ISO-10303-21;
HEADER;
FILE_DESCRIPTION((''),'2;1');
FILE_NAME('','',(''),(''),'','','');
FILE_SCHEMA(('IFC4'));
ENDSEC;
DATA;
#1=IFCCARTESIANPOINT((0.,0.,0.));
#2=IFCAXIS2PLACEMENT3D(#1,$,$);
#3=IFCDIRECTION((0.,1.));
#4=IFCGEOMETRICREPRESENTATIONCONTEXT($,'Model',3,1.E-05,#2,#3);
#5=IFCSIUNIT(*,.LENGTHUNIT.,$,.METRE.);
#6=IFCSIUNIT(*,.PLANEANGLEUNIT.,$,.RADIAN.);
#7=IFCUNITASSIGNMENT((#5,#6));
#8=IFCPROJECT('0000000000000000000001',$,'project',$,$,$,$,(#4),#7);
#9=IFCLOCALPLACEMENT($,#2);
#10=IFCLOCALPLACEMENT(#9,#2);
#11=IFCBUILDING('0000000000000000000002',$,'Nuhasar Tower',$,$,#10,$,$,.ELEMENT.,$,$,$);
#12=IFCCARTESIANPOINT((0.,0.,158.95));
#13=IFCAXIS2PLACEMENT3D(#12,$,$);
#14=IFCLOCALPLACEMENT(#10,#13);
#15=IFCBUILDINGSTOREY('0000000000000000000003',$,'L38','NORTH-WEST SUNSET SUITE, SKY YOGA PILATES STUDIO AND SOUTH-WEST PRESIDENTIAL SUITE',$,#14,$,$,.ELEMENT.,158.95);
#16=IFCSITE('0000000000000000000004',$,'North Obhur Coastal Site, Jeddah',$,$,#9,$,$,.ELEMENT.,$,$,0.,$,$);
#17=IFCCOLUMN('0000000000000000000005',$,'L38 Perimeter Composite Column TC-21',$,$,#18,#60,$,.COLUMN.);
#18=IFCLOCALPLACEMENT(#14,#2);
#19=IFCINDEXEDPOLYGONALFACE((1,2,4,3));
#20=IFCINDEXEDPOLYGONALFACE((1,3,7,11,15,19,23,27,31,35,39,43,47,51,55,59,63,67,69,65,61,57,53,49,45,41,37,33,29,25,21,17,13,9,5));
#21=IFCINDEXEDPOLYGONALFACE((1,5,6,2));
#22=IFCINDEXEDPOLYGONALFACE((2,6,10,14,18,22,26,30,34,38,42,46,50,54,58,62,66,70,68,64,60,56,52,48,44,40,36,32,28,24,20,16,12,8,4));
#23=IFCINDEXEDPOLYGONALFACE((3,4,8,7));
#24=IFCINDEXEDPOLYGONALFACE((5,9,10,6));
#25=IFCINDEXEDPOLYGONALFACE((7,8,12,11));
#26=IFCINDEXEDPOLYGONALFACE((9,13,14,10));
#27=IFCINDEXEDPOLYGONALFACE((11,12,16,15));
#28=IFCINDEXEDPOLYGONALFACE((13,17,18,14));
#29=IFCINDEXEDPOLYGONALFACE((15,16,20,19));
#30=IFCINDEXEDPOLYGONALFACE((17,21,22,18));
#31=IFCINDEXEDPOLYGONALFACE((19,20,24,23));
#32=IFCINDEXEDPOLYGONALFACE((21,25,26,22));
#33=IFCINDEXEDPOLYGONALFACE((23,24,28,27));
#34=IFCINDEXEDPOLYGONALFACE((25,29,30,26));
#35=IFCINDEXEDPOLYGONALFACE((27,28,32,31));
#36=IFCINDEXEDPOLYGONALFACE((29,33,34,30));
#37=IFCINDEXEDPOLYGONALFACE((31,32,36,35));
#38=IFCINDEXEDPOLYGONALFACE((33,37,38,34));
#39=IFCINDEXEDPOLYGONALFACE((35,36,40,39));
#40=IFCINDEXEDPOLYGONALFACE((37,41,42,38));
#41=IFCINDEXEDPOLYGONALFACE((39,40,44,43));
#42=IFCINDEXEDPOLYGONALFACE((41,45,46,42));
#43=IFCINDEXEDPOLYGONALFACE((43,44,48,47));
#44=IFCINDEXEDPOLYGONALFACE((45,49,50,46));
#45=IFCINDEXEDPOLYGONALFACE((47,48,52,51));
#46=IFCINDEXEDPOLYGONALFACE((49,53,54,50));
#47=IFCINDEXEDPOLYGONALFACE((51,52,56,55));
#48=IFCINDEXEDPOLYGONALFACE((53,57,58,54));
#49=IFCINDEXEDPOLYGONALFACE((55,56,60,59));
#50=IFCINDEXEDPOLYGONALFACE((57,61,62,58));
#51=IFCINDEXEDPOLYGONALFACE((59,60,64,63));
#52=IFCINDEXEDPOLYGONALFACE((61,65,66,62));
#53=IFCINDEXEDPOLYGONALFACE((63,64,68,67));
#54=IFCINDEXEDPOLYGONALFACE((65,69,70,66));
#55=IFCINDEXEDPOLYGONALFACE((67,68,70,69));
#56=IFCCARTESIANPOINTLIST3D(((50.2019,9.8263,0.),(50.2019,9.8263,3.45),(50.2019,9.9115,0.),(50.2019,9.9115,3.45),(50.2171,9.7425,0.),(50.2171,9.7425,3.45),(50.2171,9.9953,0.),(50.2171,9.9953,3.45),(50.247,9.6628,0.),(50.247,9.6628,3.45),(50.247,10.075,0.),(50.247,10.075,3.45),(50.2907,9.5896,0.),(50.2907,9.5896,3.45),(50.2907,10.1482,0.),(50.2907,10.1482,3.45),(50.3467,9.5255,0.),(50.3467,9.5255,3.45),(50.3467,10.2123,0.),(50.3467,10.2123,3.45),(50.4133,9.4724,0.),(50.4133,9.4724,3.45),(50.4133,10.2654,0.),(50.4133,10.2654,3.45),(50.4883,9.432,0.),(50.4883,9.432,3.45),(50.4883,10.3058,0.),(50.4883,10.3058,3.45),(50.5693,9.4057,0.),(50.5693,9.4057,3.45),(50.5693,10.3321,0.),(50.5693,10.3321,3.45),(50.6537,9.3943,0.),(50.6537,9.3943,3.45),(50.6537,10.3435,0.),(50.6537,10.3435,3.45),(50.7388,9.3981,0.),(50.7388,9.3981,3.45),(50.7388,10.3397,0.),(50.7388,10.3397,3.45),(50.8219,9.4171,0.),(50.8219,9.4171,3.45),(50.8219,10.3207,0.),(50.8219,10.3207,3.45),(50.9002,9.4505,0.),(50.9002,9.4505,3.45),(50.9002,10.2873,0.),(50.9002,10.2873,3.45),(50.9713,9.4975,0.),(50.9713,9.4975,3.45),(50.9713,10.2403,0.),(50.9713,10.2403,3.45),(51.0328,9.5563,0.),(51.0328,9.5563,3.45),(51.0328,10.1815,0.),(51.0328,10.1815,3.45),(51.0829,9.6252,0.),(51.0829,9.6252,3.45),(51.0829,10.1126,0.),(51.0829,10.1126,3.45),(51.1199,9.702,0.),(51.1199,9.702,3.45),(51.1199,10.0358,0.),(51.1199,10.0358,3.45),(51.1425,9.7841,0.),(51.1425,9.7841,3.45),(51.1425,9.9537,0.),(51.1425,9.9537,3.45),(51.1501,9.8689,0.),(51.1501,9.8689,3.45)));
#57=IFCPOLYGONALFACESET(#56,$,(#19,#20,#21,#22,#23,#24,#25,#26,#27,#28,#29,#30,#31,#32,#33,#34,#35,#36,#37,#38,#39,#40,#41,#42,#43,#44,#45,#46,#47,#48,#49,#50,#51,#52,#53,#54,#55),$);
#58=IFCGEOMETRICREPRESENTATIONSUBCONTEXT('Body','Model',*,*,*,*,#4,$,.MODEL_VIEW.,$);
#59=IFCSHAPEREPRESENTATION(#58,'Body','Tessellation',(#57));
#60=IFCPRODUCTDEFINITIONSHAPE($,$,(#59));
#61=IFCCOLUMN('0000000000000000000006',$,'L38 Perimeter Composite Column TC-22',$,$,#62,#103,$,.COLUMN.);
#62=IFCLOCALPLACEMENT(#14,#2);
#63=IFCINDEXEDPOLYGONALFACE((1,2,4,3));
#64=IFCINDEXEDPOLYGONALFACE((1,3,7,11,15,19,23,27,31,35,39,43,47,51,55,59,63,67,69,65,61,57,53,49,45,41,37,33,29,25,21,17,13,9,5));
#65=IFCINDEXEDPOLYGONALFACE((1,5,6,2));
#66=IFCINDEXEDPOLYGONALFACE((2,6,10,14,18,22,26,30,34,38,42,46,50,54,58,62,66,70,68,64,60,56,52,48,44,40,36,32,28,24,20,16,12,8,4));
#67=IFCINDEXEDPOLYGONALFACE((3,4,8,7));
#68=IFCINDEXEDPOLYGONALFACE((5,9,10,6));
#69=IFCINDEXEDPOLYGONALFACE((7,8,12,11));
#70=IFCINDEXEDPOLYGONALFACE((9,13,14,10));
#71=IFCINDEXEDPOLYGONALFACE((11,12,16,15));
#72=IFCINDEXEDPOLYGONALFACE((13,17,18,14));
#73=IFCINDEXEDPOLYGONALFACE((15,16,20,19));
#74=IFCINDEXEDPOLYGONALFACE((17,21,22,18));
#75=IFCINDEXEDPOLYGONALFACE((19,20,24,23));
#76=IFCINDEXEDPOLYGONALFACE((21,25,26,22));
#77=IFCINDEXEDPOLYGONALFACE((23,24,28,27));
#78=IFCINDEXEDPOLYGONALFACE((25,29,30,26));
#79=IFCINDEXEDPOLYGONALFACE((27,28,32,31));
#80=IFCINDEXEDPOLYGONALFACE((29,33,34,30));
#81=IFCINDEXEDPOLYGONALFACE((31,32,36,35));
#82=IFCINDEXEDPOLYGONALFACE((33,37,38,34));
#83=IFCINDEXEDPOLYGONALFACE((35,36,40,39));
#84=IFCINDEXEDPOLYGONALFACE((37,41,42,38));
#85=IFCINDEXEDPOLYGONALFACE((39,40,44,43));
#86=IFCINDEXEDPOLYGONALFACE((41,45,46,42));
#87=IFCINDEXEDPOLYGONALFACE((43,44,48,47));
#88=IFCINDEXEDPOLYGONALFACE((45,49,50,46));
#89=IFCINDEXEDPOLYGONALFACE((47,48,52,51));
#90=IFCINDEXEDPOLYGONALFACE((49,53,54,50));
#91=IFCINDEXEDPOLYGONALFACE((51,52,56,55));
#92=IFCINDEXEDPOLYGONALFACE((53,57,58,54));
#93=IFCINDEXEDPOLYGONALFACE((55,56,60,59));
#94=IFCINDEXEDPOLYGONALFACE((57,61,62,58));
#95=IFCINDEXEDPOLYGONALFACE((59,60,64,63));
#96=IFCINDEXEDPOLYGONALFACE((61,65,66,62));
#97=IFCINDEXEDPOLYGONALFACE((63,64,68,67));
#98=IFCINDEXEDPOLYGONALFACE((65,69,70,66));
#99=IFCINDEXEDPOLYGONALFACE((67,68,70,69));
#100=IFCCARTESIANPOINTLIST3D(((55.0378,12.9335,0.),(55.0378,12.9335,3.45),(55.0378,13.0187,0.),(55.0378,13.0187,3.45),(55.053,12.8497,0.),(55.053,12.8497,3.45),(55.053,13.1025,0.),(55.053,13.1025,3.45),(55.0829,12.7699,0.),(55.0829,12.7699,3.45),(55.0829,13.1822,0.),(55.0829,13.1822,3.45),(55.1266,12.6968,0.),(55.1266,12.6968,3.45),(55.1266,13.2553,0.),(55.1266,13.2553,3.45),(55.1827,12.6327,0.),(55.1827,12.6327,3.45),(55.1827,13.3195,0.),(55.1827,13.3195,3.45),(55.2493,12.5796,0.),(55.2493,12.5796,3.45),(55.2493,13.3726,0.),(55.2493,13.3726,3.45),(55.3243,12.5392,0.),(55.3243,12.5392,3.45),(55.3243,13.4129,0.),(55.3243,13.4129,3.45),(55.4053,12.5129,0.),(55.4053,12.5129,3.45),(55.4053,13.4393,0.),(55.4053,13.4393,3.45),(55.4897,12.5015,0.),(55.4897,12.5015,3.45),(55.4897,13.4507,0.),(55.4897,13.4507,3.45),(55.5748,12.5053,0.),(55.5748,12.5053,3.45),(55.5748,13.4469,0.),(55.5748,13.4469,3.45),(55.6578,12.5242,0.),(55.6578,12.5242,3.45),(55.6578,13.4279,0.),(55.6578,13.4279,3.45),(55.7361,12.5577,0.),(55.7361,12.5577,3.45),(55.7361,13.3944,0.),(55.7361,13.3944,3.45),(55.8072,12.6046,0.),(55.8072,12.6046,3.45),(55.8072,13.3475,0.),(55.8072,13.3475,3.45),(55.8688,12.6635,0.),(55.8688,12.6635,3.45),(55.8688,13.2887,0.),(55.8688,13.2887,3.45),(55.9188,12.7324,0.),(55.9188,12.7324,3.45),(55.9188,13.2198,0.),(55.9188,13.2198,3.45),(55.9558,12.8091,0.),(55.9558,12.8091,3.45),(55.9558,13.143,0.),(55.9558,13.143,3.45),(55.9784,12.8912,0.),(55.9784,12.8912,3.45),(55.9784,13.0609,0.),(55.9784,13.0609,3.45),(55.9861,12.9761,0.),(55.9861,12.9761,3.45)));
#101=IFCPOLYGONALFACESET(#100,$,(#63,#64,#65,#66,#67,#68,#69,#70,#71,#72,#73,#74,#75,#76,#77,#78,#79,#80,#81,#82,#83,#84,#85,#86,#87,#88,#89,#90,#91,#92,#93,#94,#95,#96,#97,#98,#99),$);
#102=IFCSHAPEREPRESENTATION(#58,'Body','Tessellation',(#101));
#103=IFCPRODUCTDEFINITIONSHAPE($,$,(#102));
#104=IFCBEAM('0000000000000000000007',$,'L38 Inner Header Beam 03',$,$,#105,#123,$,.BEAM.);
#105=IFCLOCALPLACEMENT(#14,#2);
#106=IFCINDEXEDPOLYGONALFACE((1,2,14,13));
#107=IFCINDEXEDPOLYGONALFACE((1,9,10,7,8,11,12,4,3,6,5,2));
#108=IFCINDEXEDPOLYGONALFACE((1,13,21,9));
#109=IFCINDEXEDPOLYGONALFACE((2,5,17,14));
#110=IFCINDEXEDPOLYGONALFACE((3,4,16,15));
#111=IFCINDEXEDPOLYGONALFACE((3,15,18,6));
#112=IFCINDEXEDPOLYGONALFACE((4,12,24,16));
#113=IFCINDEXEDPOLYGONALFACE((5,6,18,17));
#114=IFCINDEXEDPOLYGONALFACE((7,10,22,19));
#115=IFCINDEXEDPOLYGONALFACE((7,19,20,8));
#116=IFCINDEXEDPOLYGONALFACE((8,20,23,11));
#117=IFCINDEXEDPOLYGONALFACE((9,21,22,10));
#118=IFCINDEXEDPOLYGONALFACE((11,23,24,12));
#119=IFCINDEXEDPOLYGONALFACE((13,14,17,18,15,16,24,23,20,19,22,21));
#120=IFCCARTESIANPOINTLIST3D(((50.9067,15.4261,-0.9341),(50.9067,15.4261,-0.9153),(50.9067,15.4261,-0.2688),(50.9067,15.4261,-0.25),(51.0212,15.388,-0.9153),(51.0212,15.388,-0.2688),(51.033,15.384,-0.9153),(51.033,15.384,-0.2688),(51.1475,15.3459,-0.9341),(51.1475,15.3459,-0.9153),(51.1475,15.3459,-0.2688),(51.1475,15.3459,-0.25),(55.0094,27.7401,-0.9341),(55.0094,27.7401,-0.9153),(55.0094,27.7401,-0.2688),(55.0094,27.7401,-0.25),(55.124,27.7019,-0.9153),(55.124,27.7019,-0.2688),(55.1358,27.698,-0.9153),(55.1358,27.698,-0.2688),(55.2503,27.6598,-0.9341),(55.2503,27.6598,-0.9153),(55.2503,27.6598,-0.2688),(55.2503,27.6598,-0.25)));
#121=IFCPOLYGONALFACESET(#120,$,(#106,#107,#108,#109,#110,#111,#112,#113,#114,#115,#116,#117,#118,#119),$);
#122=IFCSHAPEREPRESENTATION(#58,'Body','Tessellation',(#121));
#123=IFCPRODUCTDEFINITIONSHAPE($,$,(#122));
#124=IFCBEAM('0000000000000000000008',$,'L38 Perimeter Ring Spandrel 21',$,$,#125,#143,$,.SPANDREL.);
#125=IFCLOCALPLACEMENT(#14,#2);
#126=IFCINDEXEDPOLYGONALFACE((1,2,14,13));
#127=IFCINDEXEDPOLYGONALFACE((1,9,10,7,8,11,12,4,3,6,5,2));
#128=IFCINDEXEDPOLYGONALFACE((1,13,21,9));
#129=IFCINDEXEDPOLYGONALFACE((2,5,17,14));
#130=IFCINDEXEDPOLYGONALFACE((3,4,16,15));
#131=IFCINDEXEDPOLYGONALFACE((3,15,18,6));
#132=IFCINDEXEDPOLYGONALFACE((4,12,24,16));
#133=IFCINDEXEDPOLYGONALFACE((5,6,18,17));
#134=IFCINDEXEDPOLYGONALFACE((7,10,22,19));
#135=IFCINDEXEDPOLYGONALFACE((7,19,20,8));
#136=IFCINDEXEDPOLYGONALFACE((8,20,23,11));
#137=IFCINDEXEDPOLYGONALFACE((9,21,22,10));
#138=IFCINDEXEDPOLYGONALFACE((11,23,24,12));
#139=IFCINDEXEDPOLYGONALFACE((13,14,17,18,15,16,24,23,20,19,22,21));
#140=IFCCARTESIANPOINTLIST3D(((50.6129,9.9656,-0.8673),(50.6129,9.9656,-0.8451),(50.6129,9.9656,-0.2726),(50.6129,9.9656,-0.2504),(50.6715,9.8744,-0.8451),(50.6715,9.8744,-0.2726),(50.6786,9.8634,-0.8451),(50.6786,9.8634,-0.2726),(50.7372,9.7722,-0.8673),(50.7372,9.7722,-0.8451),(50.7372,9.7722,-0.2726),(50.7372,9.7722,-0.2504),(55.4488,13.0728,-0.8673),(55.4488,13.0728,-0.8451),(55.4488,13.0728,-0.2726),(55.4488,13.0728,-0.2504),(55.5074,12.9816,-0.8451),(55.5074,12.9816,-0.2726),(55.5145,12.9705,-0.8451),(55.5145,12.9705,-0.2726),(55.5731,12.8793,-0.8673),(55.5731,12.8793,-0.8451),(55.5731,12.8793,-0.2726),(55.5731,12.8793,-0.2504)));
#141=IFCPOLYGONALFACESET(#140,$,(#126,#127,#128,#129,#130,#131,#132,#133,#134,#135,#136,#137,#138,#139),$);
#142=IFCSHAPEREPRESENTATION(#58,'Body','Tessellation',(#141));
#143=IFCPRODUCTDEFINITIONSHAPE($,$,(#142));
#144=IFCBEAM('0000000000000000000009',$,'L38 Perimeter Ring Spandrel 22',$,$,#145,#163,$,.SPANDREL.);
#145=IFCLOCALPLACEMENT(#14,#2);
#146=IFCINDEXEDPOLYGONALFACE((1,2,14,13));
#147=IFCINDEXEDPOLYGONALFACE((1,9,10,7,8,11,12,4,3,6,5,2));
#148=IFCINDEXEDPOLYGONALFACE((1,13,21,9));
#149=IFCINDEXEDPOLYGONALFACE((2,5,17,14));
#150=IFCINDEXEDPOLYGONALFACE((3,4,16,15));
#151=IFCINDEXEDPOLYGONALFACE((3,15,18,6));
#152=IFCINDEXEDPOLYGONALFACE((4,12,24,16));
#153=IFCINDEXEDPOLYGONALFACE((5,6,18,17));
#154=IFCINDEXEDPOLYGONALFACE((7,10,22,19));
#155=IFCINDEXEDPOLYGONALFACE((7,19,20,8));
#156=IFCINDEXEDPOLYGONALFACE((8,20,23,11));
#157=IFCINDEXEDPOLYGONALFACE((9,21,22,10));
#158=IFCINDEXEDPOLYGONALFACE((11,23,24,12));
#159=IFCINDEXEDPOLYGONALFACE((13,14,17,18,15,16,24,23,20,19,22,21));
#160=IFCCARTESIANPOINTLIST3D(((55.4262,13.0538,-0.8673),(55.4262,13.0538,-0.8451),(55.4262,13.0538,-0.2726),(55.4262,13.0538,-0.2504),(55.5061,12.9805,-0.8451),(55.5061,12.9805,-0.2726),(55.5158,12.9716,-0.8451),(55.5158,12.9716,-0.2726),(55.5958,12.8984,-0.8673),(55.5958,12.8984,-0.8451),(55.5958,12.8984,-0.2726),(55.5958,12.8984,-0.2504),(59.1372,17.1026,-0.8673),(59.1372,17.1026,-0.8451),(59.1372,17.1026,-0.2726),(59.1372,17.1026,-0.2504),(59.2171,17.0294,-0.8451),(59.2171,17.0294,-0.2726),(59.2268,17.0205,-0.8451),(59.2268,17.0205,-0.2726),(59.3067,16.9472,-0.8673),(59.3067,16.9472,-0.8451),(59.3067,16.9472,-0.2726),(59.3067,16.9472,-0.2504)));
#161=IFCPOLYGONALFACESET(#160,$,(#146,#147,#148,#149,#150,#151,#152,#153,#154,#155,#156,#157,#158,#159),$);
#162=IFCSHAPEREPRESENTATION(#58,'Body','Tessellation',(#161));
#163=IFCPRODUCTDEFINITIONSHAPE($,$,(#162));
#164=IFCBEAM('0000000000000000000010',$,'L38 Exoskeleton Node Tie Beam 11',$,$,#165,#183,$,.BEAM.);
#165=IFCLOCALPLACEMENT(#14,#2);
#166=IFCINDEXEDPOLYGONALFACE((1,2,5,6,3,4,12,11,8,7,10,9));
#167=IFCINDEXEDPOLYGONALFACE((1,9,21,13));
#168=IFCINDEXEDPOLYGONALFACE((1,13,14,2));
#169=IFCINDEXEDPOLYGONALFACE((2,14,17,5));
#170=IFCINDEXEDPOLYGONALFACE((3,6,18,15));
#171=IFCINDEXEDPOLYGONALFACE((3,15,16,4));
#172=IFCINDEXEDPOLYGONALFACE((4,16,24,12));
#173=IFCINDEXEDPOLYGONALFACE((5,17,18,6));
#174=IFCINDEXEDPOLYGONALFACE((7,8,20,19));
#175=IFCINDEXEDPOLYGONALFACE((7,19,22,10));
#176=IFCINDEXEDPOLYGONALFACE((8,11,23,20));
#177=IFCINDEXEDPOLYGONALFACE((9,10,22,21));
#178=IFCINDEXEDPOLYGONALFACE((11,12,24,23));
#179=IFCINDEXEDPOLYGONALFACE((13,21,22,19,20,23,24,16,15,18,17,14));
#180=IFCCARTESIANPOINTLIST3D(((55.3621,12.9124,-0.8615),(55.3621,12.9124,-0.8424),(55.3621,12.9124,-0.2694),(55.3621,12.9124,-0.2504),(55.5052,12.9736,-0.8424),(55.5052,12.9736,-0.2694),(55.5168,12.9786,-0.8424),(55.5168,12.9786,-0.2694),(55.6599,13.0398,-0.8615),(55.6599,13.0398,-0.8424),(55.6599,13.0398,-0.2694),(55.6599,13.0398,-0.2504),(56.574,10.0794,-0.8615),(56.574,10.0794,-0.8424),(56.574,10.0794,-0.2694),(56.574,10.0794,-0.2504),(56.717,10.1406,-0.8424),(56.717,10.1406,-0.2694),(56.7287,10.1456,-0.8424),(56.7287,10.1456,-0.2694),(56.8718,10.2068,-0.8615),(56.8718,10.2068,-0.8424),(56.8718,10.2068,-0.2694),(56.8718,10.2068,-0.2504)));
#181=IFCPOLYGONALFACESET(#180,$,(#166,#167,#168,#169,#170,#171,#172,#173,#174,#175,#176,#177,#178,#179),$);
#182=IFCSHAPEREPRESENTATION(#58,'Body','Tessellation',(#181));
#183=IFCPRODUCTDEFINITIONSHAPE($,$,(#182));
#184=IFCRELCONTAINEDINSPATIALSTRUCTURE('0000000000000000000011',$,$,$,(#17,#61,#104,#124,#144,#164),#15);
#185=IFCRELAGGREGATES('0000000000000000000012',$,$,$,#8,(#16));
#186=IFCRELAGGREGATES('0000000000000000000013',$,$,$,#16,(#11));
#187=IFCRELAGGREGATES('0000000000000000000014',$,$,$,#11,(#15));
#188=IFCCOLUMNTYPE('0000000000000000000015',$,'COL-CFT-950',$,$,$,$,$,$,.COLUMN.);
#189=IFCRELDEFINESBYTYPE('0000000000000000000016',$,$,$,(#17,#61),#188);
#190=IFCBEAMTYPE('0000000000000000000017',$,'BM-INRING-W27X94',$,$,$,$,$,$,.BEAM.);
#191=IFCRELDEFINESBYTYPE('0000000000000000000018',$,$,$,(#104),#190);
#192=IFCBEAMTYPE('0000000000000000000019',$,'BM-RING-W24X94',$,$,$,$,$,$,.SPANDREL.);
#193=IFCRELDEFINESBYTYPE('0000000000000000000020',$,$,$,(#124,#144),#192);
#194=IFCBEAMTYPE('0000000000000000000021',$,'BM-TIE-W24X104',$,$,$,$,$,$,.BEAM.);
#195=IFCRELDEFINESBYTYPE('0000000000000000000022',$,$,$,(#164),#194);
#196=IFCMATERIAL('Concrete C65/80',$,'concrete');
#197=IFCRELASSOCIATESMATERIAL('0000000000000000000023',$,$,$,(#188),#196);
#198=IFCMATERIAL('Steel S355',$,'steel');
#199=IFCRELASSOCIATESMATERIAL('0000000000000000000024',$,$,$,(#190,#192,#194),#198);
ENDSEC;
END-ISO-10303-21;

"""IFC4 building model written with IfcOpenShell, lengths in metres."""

from ifc_helpers import new_model, si_unit, direction, frame, origin, origin_2d, place, context, subcontext, project, spatial, circle, i_section, extrude, material, material_profile, profile_set, type_object, element, save


model = new_model("IFC4")

# Units and contexts
model_context = context("Model", 3, precision=1e-05, world=origin(), true_north=direction((0.0, 1.0)))
body_context = subcontext(model_context, "Body", "Model", "MODEL_VIEW")
ifc_project = project(units=[si_unit("LENGTHUNIT", "METRE"), si_unit("PLANEANGLEUNIT", "RADIAN")], contexts=[model_context])

# Site, building, storey
site_placement = place(None, origin())
site = spatial("IfcSite", under=ifc_project, at=site_placement, Name="North Obhur Coastal Site, Jeddah", CompositionType="ELEMENT", RefElevation=0.0)
building_placement = place(site_placement, origin())
building = spatial("IfcBuilding", under=site, at=building_placement, Name="Nuhasar Tower", CompositionType="ELEMENT")
storey_placement = place(building_placement, frame((0.0, 0.0, 158.95)))
storey = spatial("IfcBuildingStorey", under=building, at=storey_placement, Name="L38", Description="NORTH-WEST SUNSET SUITE, SKY YOGA PILATES STUDIO AND SOUTH-WEST PRESIDENTIAL SUITE", CompositionType="ELEMENT", Elevation=158.95)

# Columns
ifc_material_1 = material(Name="Concrete C65/80", Category="concrete")
ifc_material_profile_1 = material_profile(ifc_material_1, circle(Radius=0.4751, at=origin_2d()), Name="CFT950")
ifc_profile_set_1 = profile_set([ifc_material_profile_1], Name="Concrete C65/80")
column_type = type_object("IfcColumnType", Name="COL-CFT-950", PredefinedType="COLUMN", material=ifc_profile_set_1)
for number, where, z_axis, x_axis, name in (
    (1, (50.675, 9.8689, 0.0), (0.0, 0.0, 1.0), (1.0, 0.0, 0.0), "L38 Perimeter Composite Column TC-21"),
    (2, (55.511, 12.9761, 0.0), (0.0, 0.0, 1.0), (1.0, 0.0, 0.0), "L38 Perimeter Composite Column TC-22"),
):
    element("IfcColumn", number, at=place(storey_placement, frame(where, z_axis=z_axis, x_axis=x_axis)), inside=storey, type_object=column_type, Name=name, PredefinedType="COLUMN", context=body_context, shape_type="SweptSolid", body=[
        extrude(circle(Radius=0.4751, at=origin_2d()), origin(), (0.0, 0.0, 1.0), 3.45),
    ])

# Beams
ifc_material_2 = material(Name="Steel S355", Category="steel")
ifc_material_profile_2 = material_profile(ifc_material_2, i_section(OverallWidth=0.2539, OverallDepth=0.6841, WebThickness=0.0125, FlangeThickness=0.0188, at=origin_2d()), Name="W27X94")
ifc_profile_set_2 = profile_set([ifc_material_profile_2], Name="Steel S355")
beam_type_1 = type_object("IfcBeamType", Name="BM-INRING-W27X94", PredefinedType="BEAM", material=ifc_profile_set_2)
beam_1_placement = place(storey_placement, frame((51.0271, 15.386, -0.592), z_axis=(0.316098, 0.948727, 0.0), x_axis=(-0.948727, 0.316098, 0.0)))
element("IfcBeam", 3, at=beam_1_placement, inside=storey, type_object=beam_type_1, Name="L38 Inner Header Beam 03", PredefinedType="BEAM", context=body_context, shape_type="SweptSolid", body=[
    extrude(i_section(OverallWidth=0.2539, OverallDepth=0.6841, WebThickness=0.0125, FlangeThickness=0.0188, at=origin_2d()), origin(), (0.0, 0.0, 1.0), 12.9795),
])
ifc_material_profile_3 = material_profile(ifc_material_2, i_section(OverallWidth=0.23, OverallDepth=0.6169, WebThickness=0.0132, FlangeThickness=0.0222, at=origin_2d()), Name="W24X94")
ifc_profile_set_3 = profile_set([ifc_material_profile_3], Name="Steel S355")
beam_type_2 = type_object("IfcBeamType", Name="BM-RING-W24X94", PredefinedType="SPANDREL", material=ifc_profile_set_3)
beam_2_placement = place(storey_placement, frame((50.675, 9.8689, -0.5588), z_axis=(0.841308, 0.540556, 0.0), x_axis=(-0.540556, 0.841308, 0.0)))
element("IfcBeam", 4, at=beam_2_placement, inside=storey, type_object=beam_type_2, Name="L38 Perimeter Ring Spandrel 21", PredefinedType="SPANDREL", context=body_context, shape_type="SweptSolid", body=[
    extrude(i_section(OverallWidth=0.23, OverallDepth=0.6169, WebThickness=0.0132, FlangeThickness=0.0222, at=origin_2d()), origin(), (0.0, 0.0, 1.0), 5.748),
])
beam_3_placement = place(storey_placement, frame((55.511, 12.9761, -0.5588), z_axis=(0.675676, 0.737198, 0.0), x_axis=(-0.737198, 0.675676, 0.0)))
element("IfcBeam", 5, at=beam_3_placement, inside=storey, type_object=beam_type_2, Name="L38 Perimeter Ring Spandrel 22", PredefinedType="SPANDREL", context=body_context, shape_type="SweptSolid", body=[
    extrude(i_section(OverallWidth=0.23, OverallDepth=0.6169, WebThickness=0.0132, FlangeThickness=0.0222, at=origin_2d()), origin(), (0.0, 0.0, 1.0), 5.4922),
])
ifc_material_profile_4 = material_profile(ifc_material_2, i_section(OverallWidth=0.324, OverallDepth=0.6111, WebThickness=0.0127, FlangeThickness=0.019, at=origin_2d()), Name="W24X104")
ifc_profile_set_4 = profile_set([ifc_material_profile_4], Name="Steel S355")
beam_type_3 = type_object("IfcBeamType", Name="BM-TIE-W24X104", PredefinedType="BEAM", material=ifc_profile_set_4)
beam_4_placement = place(storey_placement, frame((55.511, 12.9761, -0.5559), z_axis=(0.393307, -0.919407, 0.0), x_axis=(0.919407, 0.393307, 0.0)))
element("IfcBeam", 6, at=beam_4_placement, inside=storey, type_object=beam_type_3, Name="L38 Exoskeleton Node Tie Beam 11", PredefinedType="BEAM", context=body_context, shape_type="SweptSolid", body=[
    extrude(i_section(OverallWidth=0.324, OverallDepth=0.6111, WebThickness=0.0127, FlangeThickness=0.019, at=origin_2d()), origin(), (0.0, 0.0, 1.0), 3.0813),
])

save(model, "model.ifc")
